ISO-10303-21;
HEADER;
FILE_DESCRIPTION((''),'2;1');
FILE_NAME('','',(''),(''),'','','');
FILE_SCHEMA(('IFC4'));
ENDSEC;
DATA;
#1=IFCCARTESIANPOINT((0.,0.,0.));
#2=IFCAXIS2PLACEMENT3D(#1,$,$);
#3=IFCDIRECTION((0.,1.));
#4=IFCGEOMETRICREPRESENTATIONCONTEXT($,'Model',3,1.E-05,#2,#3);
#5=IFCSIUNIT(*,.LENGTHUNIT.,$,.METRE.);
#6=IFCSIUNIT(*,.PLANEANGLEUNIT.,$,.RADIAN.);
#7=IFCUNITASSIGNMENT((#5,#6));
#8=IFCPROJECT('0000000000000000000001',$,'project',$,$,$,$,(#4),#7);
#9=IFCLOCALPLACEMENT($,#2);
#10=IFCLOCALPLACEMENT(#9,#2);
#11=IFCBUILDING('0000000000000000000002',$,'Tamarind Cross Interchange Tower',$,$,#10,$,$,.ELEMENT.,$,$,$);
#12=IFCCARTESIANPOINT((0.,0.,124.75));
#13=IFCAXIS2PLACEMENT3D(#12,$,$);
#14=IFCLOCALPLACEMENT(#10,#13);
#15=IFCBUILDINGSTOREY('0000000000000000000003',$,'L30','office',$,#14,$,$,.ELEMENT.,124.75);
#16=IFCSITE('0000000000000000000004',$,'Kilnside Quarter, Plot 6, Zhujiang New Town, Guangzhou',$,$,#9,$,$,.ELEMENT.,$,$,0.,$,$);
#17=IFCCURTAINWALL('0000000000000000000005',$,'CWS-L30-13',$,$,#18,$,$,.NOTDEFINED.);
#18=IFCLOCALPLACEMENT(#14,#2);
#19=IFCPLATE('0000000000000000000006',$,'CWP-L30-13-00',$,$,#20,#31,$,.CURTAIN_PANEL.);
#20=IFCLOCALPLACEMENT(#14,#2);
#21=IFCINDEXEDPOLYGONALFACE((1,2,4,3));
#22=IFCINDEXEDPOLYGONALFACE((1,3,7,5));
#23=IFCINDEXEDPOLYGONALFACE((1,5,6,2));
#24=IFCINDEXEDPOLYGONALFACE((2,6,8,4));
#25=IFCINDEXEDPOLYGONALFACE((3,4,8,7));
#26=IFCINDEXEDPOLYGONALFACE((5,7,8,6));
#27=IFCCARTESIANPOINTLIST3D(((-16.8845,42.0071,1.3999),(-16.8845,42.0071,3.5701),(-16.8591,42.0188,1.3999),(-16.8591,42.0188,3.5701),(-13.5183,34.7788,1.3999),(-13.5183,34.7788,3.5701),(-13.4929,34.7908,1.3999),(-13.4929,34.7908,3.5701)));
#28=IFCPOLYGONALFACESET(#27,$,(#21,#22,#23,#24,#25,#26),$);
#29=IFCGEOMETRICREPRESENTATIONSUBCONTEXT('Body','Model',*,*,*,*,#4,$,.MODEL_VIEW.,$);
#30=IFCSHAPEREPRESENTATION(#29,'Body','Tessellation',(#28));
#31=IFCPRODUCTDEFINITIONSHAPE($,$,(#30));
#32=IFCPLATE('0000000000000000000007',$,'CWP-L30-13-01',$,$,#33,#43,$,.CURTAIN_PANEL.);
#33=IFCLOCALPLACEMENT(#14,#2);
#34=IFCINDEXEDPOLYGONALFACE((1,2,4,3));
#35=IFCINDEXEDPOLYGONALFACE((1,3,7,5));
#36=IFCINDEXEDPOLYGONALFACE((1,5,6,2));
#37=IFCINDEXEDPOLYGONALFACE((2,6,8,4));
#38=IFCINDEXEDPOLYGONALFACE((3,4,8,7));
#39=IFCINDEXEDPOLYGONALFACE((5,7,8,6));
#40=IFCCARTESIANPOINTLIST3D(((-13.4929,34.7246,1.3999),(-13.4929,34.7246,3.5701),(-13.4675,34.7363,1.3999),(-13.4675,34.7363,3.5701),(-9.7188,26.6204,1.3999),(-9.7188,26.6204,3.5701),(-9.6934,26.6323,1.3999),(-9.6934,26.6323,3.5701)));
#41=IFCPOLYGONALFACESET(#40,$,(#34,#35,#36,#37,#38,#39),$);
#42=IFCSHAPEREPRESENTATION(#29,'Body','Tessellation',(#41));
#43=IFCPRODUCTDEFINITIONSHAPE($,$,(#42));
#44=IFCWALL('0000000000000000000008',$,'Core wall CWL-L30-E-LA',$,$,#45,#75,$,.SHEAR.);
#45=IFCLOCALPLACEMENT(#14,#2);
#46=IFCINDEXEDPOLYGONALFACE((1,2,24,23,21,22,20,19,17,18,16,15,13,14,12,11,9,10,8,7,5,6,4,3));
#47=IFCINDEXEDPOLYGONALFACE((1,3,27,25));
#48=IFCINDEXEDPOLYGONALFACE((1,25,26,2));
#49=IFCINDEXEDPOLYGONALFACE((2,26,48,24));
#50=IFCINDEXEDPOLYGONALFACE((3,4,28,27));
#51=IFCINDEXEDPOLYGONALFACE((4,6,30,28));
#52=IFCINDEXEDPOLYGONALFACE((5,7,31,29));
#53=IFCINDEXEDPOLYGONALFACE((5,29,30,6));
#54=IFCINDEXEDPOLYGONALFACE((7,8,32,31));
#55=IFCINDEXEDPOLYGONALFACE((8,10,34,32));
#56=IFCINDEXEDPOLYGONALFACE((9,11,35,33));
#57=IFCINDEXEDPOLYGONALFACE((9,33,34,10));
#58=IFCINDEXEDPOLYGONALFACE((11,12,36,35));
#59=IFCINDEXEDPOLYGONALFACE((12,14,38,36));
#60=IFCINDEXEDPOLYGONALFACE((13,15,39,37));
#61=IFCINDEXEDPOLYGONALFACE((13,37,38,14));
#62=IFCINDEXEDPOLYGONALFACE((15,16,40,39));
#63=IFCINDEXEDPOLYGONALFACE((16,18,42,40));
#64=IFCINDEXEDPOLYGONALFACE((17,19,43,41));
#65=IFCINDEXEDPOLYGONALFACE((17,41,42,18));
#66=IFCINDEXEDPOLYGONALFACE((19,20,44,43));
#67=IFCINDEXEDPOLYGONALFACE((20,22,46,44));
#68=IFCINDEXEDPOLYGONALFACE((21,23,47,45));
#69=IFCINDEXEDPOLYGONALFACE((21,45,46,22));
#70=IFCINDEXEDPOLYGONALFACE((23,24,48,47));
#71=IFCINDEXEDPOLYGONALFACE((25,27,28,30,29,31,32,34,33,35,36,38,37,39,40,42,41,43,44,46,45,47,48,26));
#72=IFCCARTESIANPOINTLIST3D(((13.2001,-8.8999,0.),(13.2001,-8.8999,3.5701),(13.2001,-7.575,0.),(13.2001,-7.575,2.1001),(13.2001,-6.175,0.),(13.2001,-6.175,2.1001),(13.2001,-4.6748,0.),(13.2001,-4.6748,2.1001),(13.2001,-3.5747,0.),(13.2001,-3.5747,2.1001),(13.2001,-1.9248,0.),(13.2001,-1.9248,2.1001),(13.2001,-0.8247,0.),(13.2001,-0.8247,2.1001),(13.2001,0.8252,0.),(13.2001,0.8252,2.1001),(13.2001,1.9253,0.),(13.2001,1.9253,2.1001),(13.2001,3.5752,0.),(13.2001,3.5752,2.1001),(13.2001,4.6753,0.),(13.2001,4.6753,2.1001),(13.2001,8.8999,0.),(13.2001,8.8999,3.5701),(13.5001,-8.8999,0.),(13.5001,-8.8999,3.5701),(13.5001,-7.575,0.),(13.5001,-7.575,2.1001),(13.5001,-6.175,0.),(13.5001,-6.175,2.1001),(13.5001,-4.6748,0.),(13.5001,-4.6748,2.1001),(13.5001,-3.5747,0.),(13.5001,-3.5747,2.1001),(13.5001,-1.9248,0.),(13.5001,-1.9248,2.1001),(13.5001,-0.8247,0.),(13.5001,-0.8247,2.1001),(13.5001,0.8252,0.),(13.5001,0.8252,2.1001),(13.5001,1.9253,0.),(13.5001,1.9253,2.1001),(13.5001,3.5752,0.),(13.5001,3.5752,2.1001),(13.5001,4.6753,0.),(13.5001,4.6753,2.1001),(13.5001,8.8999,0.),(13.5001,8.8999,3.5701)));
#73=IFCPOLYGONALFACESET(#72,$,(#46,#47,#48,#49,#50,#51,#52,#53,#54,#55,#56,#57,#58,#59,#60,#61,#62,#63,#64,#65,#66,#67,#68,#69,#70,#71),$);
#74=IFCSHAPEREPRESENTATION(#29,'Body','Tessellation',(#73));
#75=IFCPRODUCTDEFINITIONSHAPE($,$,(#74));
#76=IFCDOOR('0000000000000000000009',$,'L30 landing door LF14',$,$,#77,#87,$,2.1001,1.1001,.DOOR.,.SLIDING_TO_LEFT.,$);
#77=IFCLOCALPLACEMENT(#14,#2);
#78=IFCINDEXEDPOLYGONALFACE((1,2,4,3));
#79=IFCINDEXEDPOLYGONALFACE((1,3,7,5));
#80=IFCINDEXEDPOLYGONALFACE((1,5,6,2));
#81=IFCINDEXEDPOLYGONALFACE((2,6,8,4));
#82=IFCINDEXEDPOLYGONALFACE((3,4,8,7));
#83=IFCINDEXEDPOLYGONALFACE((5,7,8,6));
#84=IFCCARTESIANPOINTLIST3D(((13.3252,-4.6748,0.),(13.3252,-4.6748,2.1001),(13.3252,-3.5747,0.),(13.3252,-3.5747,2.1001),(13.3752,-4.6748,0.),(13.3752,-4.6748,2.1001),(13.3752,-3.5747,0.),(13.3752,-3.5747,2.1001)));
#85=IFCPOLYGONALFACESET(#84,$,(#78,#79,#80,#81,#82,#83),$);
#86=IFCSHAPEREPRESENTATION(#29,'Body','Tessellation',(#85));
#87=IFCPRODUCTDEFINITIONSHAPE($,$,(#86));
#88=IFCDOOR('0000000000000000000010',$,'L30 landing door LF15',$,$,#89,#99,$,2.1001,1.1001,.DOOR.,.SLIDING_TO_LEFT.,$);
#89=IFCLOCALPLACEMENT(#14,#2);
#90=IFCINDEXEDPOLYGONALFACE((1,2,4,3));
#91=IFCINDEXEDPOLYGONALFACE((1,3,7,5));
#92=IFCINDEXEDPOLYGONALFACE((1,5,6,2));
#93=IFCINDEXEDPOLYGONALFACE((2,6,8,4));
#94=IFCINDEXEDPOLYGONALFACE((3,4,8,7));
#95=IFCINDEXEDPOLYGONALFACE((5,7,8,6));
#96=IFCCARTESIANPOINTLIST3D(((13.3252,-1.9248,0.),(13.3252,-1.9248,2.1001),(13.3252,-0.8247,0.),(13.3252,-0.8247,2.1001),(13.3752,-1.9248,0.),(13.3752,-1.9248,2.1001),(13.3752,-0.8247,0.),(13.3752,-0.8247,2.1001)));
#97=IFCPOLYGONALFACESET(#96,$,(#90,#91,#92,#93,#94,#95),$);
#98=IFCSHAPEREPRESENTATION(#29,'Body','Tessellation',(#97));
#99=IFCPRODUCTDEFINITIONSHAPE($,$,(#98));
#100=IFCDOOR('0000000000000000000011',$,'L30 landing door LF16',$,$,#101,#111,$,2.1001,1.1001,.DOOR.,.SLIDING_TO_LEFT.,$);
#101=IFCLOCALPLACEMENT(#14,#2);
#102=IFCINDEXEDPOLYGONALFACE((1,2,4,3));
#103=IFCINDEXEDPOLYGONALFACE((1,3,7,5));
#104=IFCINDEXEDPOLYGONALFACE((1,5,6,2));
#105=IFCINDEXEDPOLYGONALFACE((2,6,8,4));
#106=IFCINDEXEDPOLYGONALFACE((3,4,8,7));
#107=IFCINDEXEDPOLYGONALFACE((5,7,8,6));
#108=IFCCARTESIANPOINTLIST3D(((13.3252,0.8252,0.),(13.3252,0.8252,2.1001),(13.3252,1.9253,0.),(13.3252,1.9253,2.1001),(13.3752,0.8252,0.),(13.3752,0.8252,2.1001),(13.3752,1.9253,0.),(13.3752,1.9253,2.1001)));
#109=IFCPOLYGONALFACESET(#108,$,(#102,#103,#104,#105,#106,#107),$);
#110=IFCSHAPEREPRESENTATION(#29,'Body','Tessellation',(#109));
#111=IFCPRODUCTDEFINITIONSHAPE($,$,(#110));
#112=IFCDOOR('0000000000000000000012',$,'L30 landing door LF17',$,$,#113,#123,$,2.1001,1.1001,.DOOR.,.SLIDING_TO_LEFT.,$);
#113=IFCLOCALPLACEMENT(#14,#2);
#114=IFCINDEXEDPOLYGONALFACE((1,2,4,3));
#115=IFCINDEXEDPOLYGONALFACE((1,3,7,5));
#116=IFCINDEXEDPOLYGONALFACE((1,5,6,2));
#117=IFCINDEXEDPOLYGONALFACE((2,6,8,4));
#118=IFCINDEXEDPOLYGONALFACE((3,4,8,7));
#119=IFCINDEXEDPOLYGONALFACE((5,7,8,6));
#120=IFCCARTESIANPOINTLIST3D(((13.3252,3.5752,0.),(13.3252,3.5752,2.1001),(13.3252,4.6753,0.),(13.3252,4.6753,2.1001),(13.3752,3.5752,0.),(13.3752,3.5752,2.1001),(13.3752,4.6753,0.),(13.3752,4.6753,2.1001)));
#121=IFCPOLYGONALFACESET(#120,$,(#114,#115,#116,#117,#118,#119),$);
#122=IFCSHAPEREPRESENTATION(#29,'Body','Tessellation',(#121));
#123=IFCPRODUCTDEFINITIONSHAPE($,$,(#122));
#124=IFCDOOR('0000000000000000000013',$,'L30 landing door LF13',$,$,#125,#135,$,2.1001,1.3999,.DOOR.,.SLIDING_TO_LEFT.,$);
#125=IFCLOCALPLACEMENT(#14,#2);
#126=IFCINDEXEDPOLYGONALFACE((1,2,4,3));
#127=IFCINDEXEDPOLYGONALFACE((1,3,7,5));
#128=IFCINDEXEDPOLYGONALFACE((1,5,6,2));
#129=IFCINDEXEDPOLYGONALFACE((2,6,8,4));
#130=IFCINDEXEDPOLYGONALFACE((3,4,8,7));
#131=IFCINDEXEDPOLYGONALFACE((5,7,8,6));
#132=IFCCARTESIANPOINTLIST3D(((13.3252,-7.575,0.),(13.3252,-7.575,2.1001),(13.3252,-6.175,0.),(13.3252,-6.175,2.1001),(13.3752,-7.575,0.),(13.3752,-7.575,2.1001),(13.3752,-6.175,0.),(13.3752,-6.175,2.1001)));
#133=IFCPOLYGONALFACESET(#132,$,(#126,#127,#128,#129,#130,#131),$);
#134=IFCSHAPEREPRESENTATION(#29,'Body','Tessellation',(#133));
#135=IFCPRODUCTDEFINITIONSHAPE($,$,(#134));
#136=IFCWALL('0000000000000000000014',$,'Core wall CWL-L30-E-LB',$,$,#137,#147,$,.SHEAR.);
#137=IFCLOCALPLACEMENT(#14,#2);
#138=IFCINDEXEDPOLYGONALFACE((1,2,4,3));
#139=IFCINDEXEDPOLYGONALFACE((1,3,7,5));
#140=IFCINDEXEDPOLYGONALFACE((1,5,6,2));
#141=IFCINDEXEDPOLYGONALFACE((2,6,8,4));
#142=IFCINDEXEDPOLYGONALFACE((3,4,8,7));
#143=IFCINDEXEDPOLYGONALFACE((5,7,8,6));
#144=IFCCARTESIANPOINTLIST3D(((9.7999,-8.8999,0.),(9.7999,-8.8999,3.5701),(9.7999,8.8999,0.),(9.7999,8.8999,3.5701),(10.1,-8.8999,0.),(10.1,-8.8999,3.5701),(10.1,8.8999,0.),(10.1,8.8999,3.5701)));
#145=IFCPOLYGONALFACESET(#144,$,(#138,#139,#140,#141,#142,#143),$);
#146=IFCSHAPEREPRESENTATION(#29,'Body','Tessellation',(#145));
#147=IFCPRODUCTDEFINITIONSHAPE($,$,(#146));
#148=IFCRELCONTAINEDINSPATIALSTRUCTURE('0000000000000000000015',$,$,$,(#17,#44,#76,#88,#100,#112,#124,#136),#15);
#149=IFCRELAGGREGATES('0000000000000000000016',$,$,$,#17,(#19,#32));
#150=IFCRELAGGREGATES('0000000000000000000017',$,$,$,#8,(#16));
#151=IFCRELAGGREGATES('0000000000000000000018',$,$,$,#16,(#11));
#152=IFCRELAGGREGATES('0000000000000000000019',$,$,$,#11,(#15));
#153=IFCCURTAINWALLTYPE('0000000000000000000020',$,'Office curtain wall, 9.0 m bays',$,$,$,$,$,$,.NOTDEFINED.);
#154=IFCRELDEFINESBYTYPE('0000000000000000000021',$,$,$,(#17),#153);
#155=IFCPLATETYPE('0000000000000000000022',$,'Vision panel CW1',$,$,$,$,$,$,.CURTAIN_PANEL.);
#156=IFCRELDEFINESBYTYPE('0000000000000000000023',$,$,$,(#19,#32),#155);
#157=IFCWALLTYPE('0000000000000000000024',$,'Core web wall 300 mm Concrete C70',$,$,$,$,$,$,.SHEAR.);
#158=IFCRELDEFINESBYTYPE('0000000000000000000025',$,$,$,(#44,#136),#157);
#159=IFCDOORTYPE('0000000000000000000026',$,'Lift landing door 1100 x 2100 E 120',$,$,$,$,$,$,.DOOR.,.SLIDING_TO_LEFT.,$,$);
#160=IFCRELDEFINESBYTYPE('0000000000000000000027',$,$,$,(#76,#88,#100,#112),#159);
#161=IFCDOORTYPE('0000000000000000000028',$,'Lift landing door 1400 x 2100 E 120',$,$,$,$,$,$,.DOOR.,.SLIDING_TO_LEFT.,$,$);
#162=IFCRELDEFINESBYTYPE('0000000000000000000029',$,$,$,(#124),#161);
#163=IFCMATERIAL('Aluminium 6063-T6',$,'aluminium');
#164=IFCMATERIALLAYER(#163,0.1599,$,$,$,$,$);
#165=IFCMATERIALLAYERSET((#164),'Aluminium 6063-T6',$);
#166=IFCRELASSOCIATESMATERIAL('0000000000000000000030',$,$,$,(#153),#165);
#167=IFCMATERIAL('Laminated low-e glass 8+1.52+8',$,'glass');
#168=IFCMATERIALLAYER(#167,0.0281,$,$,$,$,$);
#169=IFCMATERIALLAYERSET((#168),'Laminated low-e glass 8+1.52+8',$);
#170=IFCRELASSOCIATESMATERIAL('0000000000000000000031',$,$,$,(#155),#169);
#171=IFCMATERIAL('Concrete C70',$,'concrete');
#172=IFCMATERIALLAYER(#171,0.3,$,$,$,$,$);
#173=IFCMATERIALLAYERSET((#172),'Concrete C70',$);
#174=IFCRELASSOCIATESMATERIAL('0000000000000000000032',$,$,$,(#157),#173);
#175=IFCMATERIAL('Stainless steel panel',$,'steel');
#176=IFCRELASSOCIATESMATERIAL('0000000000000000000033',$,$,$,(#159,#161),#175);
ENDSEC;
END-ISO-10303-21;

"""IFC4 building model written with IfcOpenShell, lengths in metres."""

from ifc_helpers import new_model, si_unit, direction, frame, frame_2d, origin, place, context, subcontext, project, spatial, polyline, rectangle, outline, extrude, material, layer, layer_set, type_object, element, fill, aggregate, save


model = new_model("IFC4")

# Units and contexts
model_context = context("Model", 3, precision=1e-05, world=origin(), true_north=direction((0.0, 1.0)))
body_context = subcontext(model_context, "Body", "Model", "MODEL_VIEW")
ifc_project = project(units=[si_unit("LENGTHUNIT", "METRE"), si_unit("PLANEANGLEUNIT", "RADIAN")], contexts=[model_context])

# Site, building, storey
site_placement = place(None, origin())
site = spatial("IfcSite", under=ifc_project, at=site_placement, Name="Kilnside Quarter, Plot 6, Zhujiang New Town, Guangzhou", CompositionType="ELEMENT", RefElevation=0.0)
building_placement = place(site_placement, origin())
building = spatial("IfcBuilding", under=site, at=building_placement, Name="Tamarind Cross Interchange Tower", CompositionType="ELEMENT")
storey_placement = place(building_placement, frame((0.0, 0.0, 124.75)))
storey = spatial("IfcBuildingStorey", under=building, at=storey_placement, Name="L30", Description="office", CompositionType="ELEMENT", Elevation=124.75)

# Curtain wall, plates
ifc_material_1 = material(Name="Aluminium 6063-T6", Category="aluminium")
ifc_layer_1 = layer(ifc_material_1, 0.1599)
ifc_layer_set_1 = layer_set([ifc_layer_1], Name="Aluminium 6063-T6")
curtain_wall_type = type_object("IfcCurtainWallType", Name="Office curtain wall, 9.0 m bays", PredefinedType="NOTDEFINED", material=ifc_layer_set_1)
curtain_wall_placement = place(storey_placement, origin())
curtain_wall = element("IfcCurtainWall", 1, at=curtain_wall_placement, inside=storey, type_object=curtain_wall_type, Name="CWS-L30-13", PredefinedType="NOTDEFINED")
ifc_material_2 = material(Name="Laminated low-e glass 8+1.52+8", Category="glass")
ifc_layer_2 = layer(ifc_material_2, 0.0281)
ifc_layer_set_2 = layer_set([ifc_layer_2], Name="Laminated low-e glass 8+1.52+8")
plate_type = type_object("IfcPlateType", Name="Vision panel CW1", PredefinedType="CURTAIN_PANEL", material=ifc_layer_set_2)
plate_1_placement = place(storey_placement, frame((0.0, 0.0, 1.3999)))
plate_1 = element("IfcPlate", 2, at=plate_1_placement, type_object=plate_type, Name="CWP-L30-13-00", PredefinedType="CURTAIN_PANEL", context=body_context, shape_type="SweptSolid", body=[
    extrude(outline(polyline([(-16.8591, 42.0188), (-13.4929, 34.7908), (-13.5183, 34.7788), (-16.8845, 42.0071), (-16.8591, 42.0188)])), origin(), (0.0, 0.0, 1.0), 2.1702),
])
plate_2_placement = place(storey_placement, frame((0.0, 0.0, 1.3999)))
plate_2 = element("IfcPlate", 3, at=plate_2_placement, type_object=plate_type, Name="CWP-L30-13-01", PredefinedType="CURTAIN_PANEL", context=body_context, shape_type="SweptSolid", body=[
    extrude(outline(polyline([(-13.4675, 34.7363), (-9.6934, 26.6323), (-9.7188, 26.6204), (-13.4929, 34.7246), (-13.4675, 34.7363)])), origin(), (0.0, 0.0, 1.0), 2.1702),
])
aggregate(curtain_wall, [plate_1, plate_2])

# Wall, openings, doors
ifc_material_3 = material(Name="Concrete C70", Category="concrete")
ifc_layer_3 = layer(ifc_material_3, 0.3)
ifc_layer_set_3 = layer_set([ifc_layer_3], Name="Concrete C70")
wall_type_1 = type_object("IfcWallType", Name="Core web wall 300 mm Concrete C70", PredefinedType="SHEAR", material=ifc_layer_set_3)
wall_1_placement = place(storey_placement, frame((13.3501, -8.8999, 0.0), z_axis=(0.0, 0.0, 1.0), x_axis=(0.0, 1.0, 0.0)))
wall_1 = element("IfcWall", 4, at=wall_1_placement, inside=storey, type_object=wall_type_1, Name="Core wall CWL-L30-E-LA", PredefinedType="SHEAR", context=body_context, shape_type="SweptSolid", body=[
    extrude(rectangle(XDim=17.7998, YDim=0.3, at=frame_2d((8.8999, 0.0))), origin(), (0.0, 0.0, 1.0), 3.5701),
])
opening_1_placement = place(wall_1_placement, frame((1.325, 0.0, 0.0)))
opening_1 = element("IfcOpeningElement", 5, at=opening_1_placement, cuts=wall_1, PredefinedType="OPENING", context=body_context, shape_type="SweptSolid", body=[
    extrude(rectangle(XDim=1.3999, YDim=2.1001, at=frame_2d((0.7, 1.05))), frame((0.0, 0.1599, 0.0), z_axis=(0.0, -1.0, 0.0), x_axis=(1.0, 0.0, 0.0)), (0.0, 0.0, 1.0), 0.3201),
])
opening_2_placement = place(wall_1_placement, frame((4.2251, 0.0, 0.0)))
opening_2 = element("IfcOpeningElement", 6, at=opening_2_placement, cuts=wall_1, PredefinedType="OPENING", context=body_context, shape_type="SweptSolid", body=[
    extrude(rectangle(XDim=1.1001, YDim=2.1001, at=frame_2d((0.55, 1.05))), frame((0.0, 0.1599, 0.0), z_axis=(0.0, -1.0, 0.0), x_axis=(1.0, 0.0, 0.0)), (0.0, 0.0, 1.0), 0.3201),
])
opening_3_placement = place(wall_1_placement, frame((6.9751, 0.0, 0.0)))
opening_3 = element("IfcOpeningElement", 7, at=opening_3_placement, cuts=wall_1, PredefinedType="OPENING", context=body_context, shape_type="SweptSolid", body=[
    extrude(rectangle(XDim=1.1001, YDim=2.1001, at=frame_2d((0.55, 1.05))), frame((0.0, 0.1599, 0.0), z_axis=(0.0, -1.0, 0.0), x_axis=(1.0, 0.0, 0.0)), (0.0, 0.0, 1.0), 0.3201),
])
opening_4_placement = place(wall_1_placement, frame((9.7251, 0.0, 0.0)))
opening_4 = element("IfcOpeningElement", 8, at=opening_4_placement, cuts=wall_1, PredefinedType="OPENING", context=body_context, shape_type="SweptSolid", body=[
    extrude(rectangle(XDim=1.1001, YDim=2.1001, at=frame_2d((0.55, 1.05))), frame((0.0, 0.1599, 0.0), z_axis=(0.0, -1.0, 0.0), x_axis=(1.0, 0.0, 0.0)), (0.0, 0.0, 1.0), 0.3201),
])
opening_5_placement = place(wall_1_placement, frame((12.4751, 0.0, 0.0)))
opening_5 = element("IfcOpeningElement", 9, at=opening_5_placement, cuts=wall_1, PredefinedType="OPENING", context=body_context, shape_type="SweptSolid", body=[
    extrude(rectangle(XDim=1.1001, YDim=2.1001, at=frame_2d((0.55, 1.05))), frame((0.0, 0.1599, 0.0), z_axis=(0.0, -1.0, 0.0), x_axis=(1.0, 0.0, 0.0)), (0.0, 0.0, 1.0), 0.3201),
])
ifc_material_4 = material(Name="Stainless steel panel", Category="steel")
door_type_1 = type_object("IfcDoorType", Name="Lift landing door 1100 x 2100 E 120", OperationType="SLIDING_TO_LEFT", PredefinedType="DOOR", material=ifc_material_4)
door_1_placement = place(opening_2_placement, origin())
door_1 = element("IfcDoor", 10, at=door_1_placement, inside=storey, type_object=door_type_1, Name="L30 landing door LF14", OperationType="SLIDING_TO_LEFT", OverallHeight=2.1001, OverallWidth=1.1001, PredefinedType="DOOR", context=body_context, shape_type="SweptSolid", body=[
    extrude(rectangle(XDim=1.1001, YDim=2.1001, at=frame_2d((0.55, 1.05))), frame((0.0, 0.0249, 0.0), z_axis=(0.0, -1.0, 0.0), x_axis=(1.0, 0.0, 0.0)), (0.0, 0.0, 1.0), 0.05),
])
fill(opening_2, door_1)
door_2_placement = place(opening_3_placement, origin())
door_2 = element("IfcDoor", 11, at=door_2_placement, inside=storey, type_object=door_type_1, Name="L30 landing door LF15", OperationType="SLIDING_TO_LEFT", OverallHeight=2.1001, OverallWidth=1.1001, PredefinedType="DOOR", context=body_context, shape_type="SweptSolid", body=[
    extrude(rectangle(XDim=1.1001, YDim=2.1001, at=frame_2d((0.55, 1.05))), frame((0.0, 0.0249, 0.0), z_axis=(0.0, -1.0, 0.0), x_axis=(1.0, 0.0, 0.0)), (0.0, 0.0, 1.0), 0.05),
])
fill(opening_3, door_2)
door_3_placement = place(opening_4_placement, origin())
door_3 = element("IfcDoor", 12, at=door_3_placement, inside=storey, type_object=door_type_1, Name="L30 landing door LF16", OperationType="SLIDING_TO_LEFT", OverallHeight=2.1001, OverallWidth=1.1001, PredefinedType="DOOR", context=body_context, shape_type="SweptSolid", body=[
    extrude(rectangle(XDim=1.1001, YDim=2.1001, at=frame_2d((0.55, 1.05))), frame((0.0, 0.0249, 0.0), z_axis=(0.0, -1.0, 0.0), x_axis=(1.0, 0.0, 0.0)), (0.0, 0.0, 1.0), 0.05),
])
fill(opening_4, door_3)
door_4_placement = place(opening_5_placement, origin())
door_4 = element("IfcDoor", 13, at=door_4_placement, inside=storey, type_object=door_type_1, Name="L30 landing door LF17", OperationType="SLIDING_TO_LEFT", OverallHeight=2.1001, OverallWidth=1.1001, PredefinedType="DOOR", context=body_context, shape_type="SweptSolid", body=[
    extrude(rectangle(XDim=1.1001, YDim=2.1001, at=frame_2d((0.55, 1.05))), frame((0.0, 0.0249, 0.0), z_axis=(0.0, -1.0, 0.0), x_axis=(1.0, 0.0, 0.0)), (0.0, 0.0, 1.0), 0.05),
])
fill(opening_5, door_4)
door_type_2 = type_object("IfcDoorType", Name="Lift landing door 1400 x 2100 E 120", OperationType="SLIDING_TO_LEFT", PredefinedType="DOOR", material=ifc_material_4)
door_5_placement = place(opening_1_placement, origin())
door_5 = element("IfcDoor", 14, at=door_5_placement, inside=storey, type_object=door_type_2, Name="L30 landing door LF13", OperationType="SLIDING_TO_LEFT", OverallHeight=2.1001, OverallWidth=1.3999, PredefinedType="DOOR", context=body_context, shape_type="SweptSolid", body=[
    extrude(rectangle(XDim=1.3999, YDim=2.1001, at=frame_2d((0.7, 1.05))), frame((0.0, 0.0249, 0.0), z_axis=(0.0, -1.0, 0.0), x_axis=(1.0, 0.0, 0.0)), (0.0, 0.0, 1.0), 0.05),
])
fill(opening_1, door_5)

# Wall
wall_2_placement = place(storey_placement, frame((9.95, -8.8999, 0.0), z_axis=(0.0, 0.0, 1.0), x_axis=(0.0, 1.0, 0.0)))
element("IfcWall", 15, at=wall_2_placement, inside=storey, type_object=wall_type_1, Name="Core wall CWL-L30-E-LB", PredefinedType="SHEAR", context=body_context, shape_type="SweptSolid", body=[
    extrude(rectangle(XDim=17.7998, YDim=0.3, at=frame_2d((8.8999, 0.0))), origin(), (0.0, 0.0, 1.0), 3.5701),
])

save(model, "model.ifc")
